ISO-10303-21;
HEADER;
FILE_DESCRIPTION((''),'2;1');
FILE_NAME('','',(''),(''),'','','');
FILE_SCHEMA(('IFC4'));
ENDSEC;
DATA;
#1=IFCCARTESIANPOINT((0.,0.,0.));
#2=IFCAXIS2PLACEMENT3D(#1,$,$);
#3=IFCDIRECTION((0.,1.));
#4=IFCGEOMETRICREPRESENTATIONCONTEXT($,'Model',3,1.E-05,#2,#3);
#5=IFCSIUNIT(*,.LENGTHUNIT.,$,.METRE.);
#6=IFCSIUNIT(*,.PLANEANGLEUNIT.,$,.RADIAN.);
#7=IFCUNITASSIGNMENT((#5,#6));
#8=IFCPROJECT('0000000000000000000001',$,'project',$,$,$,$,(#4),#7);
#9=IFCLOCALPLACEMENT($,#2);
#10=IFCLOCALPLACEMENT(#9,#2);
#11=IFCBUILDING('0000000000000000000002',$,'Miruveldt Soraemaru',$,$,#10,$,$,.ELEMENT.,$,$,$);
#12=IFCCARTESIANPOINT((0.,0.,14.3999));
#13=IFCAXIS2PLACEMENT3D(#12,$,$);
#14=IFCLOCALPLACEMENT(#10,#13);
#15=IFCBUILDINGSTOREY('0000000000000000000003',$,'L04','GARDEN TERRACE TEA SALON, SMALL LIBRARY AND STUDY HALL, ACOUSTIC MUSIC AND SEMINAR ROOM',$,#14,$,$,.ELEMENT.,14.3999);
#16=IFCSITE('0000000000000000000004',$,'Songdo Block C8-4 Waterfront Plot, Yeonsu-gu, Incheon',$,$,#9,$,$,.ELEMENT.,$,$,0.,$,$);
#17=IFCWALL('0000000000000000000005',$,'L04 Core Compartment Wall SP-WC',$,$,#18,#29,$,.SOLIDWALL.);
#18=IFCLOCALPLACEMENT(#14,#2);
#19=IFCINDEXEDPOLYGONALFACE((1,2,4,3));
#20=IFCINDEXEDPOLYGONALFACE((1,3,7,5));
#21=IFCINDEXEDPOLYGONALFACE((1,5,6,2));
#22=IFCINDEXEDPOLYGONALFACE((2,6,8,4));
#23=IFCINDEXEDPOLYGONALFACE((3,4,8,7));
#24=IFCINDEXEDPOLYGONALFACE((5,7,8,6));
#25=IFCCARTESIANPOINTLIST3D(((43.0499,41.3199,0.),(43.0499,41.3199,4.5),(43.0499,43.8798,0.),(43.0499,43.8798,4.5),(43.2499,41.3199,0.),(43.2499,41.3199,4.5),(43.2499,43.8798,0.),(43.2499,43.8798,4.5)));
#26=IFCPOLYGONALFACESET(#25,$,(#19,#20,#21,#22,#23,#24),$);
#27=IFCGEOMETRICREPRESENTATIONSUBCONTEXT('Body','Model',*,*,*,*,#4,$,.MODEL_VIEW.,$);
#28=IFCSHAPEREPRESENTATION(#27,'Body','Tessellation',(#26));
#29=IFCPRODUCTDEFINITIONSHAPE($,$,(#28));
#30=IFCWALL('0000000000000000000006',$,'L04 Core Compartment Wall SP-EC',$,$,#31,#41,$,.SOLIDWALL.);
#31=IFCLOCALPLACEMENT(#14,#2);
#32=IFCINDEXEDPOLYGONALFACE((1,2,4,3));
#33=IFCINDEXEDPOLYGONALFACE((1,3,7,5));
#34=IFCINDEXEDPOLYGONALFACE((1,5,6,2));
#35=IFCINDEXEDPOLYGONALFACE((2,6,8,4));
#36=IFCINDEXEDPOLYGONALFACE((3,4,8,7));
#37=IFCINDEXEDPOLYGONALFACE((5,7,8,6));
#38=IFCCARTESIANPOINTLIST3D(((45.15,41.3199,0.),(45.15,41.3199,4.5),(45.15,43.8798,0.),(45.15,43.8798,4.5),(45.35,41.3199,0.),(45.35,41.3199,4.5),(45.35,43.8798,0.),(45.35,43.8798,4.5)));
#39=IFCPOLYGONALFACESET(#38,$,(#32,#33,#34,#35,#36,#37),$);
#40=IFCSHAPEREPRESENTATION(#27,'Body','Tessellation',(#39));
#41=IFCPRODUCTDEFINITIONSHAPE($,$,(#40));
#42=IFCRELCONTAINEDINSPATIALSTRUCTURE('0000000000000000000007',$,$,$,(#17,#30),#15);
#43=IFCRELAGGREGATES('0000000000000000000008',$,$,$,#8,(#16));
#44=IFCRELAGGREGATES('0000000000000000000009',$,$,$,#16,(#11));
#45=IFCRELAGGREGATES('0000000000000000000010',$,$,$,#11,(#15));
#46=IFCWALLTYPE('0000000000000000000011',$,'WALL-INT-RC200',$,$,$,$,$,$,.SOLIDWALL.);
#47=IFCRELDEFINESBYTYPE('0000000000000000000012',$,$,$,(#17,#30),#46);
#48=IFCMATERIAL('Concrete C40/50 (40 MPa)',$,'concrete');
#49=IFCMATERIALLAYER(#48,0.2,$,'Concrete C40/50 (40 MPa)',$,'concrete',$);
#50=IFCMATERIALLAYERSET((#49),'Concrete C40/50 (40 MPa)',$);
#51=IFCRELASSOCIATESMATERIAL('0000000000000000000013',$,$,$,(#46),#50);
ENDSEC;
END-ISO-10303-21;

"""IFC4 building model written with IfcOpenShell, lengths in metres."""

from ifc_helpers import new_model, si_unit, direction, frame, frame_2d, origin, place, context, subcontext, project, spatial, rectangle, extrude, material, layer, layer_set, type_object, element, save


model = new_model("IFC4")

# Units and contexts
model_context = context("Model", 3, precision=1e-05, world=origin(), true_north=direction((0.0, 1.0)))
body_context = subcontext(model_context, "Body", "Model", "MODEL_VIEW")
ifc_project = project(units=[si_unit("LENGTHUNIT", "METRE"), si_unit("PLANEANGLEUNIT", "RADIAN")], contexts=[model_context])

# Site, building, storey
site_placement = place(None, origin())
site = spatial("IfcSite", under=ifc_project, at=site_placement, Name="Songdo Block C8-4 Waterfront Plot, Yeonsu-gu, Incheon", CompositionType="ELEMENT", RefElevation=0.0)
building_placement = place(site_placement, origin())
building = spatial("IfcBuilding", under=site, at=building_placement, Name="Miruveldt Soraemaru", CompositionType="ELEMENT")
storey_placement = place(building_placement, frame((0.0, 0.0, 14.3999)))
storey = spatial("IfcBuildingStorey", under=building, at=storey_placement, Name="L04", Description="GARDEN TERRACE TEA SALON, SMALL LIBRARY AND STUDY HALL, ACOUSTIC MUSIC AND SEMINAR ROOM", CompositionType="ELEMENT", Elevation=14.3999)

# Shared definitions
ifc_material_1 = material(Name="Concrete C40/50 (40 MPa)", Category="concrete")

# Shared definitions
ifc_layer_1 = layer(ifc_material_1, 0.2, Name="Concrete C40/50 (40 MPa)", Category="concrete")
ifc_layer_set_1 = layer_set([ifc_layer_1], Name="Concrete C40/50 (40 MPa)")
wall_type_1 = type_object("IfcWallType", Name="WALL-INT-RC200", PredefinedType="SOLIDWALL", material=ifc_layer_set_1)

# Walls
for number, where, z_axis, x_axis, name in (
    (1, (43.1499, 41.3201, 0.0), (0.0, 0.0, 1.0), (0.0, 1.0, 0.0), "L04 Core Compartment Wall SP-WC"),
    (2, (45.25, 41.3201, 0.0), (0.0, 0.0, 1.0), (0.0, 1.0, 0.0), "L04 Core Compartment Wall SP-EC"),
):
    element("IfcWall", number, at=place(storey_placement, frame(where, z_axis=z_axis, x_axis=x_axis)), inside=storey, type_object=wall_type_1, Name=name, PredefinedType="SOLIDWALL", context=body_context, shape_type="SweptSolid", body=[
        extrude(rectangle(XDim=2.5598, YDim=0.2, at=frame_2d((1.2798, 0.0))), origin(), (0.0, 0.0, 1.0), 4.5),
    ])

save(model, "model.ifc")
